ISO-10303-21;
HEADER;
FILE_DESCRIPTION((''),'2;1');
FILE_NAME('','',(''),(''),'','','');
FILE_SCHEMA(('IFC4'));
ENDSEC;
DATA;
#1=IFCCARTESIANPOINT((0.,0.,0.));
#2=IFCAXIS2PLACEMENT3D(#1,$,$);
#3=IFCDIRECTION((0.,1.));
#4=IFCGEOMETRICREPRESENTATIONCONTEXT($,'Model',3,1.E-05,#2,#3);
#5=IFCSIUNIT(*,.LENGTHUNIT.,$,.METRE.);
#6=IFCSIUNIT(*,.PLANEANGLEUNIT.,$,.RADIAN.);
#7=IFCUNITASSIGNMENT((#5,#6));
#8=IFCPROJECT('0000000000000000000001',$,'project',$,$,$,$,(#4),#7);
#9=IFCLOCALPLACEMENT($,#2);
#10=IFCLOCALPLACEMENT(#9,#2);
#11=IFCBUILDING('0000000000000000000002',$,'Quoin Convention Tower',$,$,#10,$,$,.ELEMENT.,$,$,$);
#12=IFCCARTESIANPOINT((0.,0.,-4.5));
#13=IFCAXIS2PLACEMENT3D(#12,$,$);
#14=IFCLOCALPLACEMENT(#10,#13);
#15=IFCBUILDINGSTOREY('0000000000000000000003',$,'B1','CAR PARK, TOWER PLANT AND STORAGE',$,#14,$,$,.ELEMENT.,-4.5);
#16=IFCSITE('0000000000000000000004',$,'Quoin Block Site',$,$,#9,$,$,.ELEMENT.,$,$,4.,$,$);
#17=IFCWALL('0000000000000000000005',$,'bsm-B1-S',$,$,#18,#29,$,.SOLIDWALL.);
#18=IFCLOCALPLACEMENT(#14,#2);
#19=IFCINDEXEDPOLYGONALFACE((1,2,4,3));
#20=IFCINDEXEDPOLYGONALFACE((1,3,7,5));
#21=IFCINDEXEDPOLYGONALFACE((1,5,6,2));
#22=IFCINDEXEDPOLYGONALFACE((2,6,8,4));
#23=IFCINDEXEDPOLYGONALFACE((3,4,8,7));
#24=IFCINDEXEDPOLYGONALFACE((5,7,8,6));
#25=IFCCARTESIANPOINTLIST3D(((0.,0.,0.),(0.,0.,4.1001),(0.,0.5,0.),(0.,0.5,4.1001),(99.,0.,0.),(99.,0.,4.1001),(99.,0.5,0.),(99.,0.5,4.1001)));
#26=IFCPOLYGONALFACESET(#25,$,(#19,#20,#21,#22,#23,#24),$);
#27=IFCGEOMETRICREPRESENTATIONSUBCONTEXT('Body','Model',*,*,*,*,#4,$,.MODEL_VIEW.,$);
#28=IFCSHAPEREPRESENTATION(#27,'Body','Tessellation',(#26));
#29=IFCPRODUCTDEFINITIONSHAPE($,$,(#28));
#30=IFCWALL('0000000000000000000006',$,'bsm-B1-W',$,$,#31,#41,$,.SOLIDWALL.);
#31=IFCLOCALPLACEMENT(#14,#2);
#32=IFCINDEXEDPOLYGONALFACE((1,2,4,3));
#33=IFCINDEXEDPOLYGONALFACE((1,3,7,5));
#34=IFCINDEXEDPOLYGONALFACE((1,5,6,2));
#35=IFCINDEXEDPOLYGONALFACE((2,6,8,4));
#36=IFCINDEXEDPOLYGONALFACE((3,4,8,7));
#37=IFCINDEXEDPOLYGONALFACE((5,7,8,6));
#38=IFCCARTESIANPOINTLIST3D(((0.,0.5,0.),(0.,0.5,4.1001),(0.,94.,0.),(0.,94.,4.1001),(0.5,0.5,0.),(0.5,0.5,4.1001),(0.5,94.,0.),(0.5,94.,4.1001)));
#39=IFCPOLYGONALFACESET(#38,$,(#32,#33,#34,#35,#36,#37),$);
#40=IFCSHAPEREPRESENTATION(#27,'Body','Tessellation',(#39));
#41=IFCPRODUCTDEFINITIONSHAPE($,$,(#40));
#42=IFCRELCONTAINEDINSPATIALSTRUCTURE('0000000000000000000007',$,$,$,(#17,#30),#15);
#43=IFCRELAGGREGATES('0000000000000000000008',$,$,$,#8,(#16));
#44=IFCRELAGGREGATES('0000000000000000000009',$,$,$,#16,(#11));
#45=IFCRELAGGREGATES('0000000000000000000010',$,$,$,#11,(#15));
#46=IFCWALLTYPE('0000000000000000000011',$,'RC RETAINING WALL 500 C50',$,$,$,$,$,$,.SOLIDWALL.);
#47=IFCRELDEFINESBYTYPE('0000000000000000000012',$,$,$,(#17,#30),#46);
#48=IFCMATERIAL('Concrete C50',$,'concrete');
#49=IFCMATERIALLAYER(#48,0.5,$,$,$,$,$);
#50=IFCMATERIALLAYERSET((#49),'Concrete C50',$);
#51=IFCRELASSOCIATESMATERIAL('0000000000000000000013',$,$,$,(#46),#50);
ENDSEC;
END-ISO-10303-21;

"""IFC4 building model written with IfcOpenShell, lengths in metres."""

from ifc_helpers import new_model, si_unit, direction, frame, frame_2d, origin, place, context, subcontext, project, spatial, rectangle, extrude, material, layer, layer_set, type_object, element, save


model = new_model("IFC4")

# Units and contexts
model_context = context("Model", 3, precision=1e-05, world=origin(), true_north=direction((0.0, 1.0)))
body_context = subcontext(model_context, "Body", "Model", "MODEL_VIEW")
ifc_project = project(units=[si_unit("LENGTHUNIT", "METRE"), si_unit("PLANEANGLEUNIT", "RADIAN")], contexts=[model_context])

# Site, building, storey
site_placement = place(None, origin())
site = spatial("IfcSite", under=ifc_project, at=site_placement, Name="Quoin Block Site", CompositionType="ELEMENT", RefElevation=4.0)
building_placement = place(site_placement, origin())
building = spatial("IfcBuilding", under=site, at=building_placement, Name="Quoin Convention Tower", CompositionType="ELEMENT")
storey_placement = place(building_placement, frame((0.0, 0.0, -4.5)))
storey = spatial("IfcBuildingStorey", under=building, at=storey_placement, Name="B1", Description="CAR PARK, TOWER PLANT AND STORAGE", CompositionType="ELEMENT", Elevation=-4.5)

# Walls
ifc_material_1 = material(Name="Concrete C50", Category="concrete")
ifc_layer_1 = layer(ifc_material_1, 0.5)
ifc_layer_set_1 = layer_set([ifc_layer_1], Name="Concrete C50")
wall_type_1 = type_object("IfcWallType", Name="RC RETAINING WALL 500 C50", PredefinedType="SOLIDWALL", material=ifc_layer_set_1)
wall_1_placement = place(storey_placement, frame((0.0, 0.25, 0.0), z_axis=(0.0, 0.0, 1.0), x_axis=(1.0, 0.0, 0.0)))
element("IfcWall", 1, at=wall_1_placement, inside=storey, type_object=wall_type_1, Name="bsm-B1-S", PredefinedType="SOLIDWALL", context=body_context, shape_type="SweptSolid", body=[
    extrude(rectangle(XDim=99.0, YDim=0.5, at=frame_2d((49.5, 0.0))), origin(), (0.0, 0.0, 1.0), 4.1001),
])
wall_2_placement = place(storey_placement, frame((0.25, 0.5, 0.0), z_axis=(0.0, 0.0, 1.0), x_axis=(0.0, 1.0, 0.0)))
element("IfcWall", 2, at=wall_2_placement, inside=storey, type_object=wall_type_1, Name="bsm-B1-W", PredefinedType="SOLIDWALL", context=body_context, shape_type="SweptSolid", body=[
    extrude(rectangle(XDim=93.5, YDim=0.5, at=frame_2d((46.75, 0.0))), origin(), (0.0, 0.0, 1.0), 4.1001),
])

save(model, "model.ifc")
